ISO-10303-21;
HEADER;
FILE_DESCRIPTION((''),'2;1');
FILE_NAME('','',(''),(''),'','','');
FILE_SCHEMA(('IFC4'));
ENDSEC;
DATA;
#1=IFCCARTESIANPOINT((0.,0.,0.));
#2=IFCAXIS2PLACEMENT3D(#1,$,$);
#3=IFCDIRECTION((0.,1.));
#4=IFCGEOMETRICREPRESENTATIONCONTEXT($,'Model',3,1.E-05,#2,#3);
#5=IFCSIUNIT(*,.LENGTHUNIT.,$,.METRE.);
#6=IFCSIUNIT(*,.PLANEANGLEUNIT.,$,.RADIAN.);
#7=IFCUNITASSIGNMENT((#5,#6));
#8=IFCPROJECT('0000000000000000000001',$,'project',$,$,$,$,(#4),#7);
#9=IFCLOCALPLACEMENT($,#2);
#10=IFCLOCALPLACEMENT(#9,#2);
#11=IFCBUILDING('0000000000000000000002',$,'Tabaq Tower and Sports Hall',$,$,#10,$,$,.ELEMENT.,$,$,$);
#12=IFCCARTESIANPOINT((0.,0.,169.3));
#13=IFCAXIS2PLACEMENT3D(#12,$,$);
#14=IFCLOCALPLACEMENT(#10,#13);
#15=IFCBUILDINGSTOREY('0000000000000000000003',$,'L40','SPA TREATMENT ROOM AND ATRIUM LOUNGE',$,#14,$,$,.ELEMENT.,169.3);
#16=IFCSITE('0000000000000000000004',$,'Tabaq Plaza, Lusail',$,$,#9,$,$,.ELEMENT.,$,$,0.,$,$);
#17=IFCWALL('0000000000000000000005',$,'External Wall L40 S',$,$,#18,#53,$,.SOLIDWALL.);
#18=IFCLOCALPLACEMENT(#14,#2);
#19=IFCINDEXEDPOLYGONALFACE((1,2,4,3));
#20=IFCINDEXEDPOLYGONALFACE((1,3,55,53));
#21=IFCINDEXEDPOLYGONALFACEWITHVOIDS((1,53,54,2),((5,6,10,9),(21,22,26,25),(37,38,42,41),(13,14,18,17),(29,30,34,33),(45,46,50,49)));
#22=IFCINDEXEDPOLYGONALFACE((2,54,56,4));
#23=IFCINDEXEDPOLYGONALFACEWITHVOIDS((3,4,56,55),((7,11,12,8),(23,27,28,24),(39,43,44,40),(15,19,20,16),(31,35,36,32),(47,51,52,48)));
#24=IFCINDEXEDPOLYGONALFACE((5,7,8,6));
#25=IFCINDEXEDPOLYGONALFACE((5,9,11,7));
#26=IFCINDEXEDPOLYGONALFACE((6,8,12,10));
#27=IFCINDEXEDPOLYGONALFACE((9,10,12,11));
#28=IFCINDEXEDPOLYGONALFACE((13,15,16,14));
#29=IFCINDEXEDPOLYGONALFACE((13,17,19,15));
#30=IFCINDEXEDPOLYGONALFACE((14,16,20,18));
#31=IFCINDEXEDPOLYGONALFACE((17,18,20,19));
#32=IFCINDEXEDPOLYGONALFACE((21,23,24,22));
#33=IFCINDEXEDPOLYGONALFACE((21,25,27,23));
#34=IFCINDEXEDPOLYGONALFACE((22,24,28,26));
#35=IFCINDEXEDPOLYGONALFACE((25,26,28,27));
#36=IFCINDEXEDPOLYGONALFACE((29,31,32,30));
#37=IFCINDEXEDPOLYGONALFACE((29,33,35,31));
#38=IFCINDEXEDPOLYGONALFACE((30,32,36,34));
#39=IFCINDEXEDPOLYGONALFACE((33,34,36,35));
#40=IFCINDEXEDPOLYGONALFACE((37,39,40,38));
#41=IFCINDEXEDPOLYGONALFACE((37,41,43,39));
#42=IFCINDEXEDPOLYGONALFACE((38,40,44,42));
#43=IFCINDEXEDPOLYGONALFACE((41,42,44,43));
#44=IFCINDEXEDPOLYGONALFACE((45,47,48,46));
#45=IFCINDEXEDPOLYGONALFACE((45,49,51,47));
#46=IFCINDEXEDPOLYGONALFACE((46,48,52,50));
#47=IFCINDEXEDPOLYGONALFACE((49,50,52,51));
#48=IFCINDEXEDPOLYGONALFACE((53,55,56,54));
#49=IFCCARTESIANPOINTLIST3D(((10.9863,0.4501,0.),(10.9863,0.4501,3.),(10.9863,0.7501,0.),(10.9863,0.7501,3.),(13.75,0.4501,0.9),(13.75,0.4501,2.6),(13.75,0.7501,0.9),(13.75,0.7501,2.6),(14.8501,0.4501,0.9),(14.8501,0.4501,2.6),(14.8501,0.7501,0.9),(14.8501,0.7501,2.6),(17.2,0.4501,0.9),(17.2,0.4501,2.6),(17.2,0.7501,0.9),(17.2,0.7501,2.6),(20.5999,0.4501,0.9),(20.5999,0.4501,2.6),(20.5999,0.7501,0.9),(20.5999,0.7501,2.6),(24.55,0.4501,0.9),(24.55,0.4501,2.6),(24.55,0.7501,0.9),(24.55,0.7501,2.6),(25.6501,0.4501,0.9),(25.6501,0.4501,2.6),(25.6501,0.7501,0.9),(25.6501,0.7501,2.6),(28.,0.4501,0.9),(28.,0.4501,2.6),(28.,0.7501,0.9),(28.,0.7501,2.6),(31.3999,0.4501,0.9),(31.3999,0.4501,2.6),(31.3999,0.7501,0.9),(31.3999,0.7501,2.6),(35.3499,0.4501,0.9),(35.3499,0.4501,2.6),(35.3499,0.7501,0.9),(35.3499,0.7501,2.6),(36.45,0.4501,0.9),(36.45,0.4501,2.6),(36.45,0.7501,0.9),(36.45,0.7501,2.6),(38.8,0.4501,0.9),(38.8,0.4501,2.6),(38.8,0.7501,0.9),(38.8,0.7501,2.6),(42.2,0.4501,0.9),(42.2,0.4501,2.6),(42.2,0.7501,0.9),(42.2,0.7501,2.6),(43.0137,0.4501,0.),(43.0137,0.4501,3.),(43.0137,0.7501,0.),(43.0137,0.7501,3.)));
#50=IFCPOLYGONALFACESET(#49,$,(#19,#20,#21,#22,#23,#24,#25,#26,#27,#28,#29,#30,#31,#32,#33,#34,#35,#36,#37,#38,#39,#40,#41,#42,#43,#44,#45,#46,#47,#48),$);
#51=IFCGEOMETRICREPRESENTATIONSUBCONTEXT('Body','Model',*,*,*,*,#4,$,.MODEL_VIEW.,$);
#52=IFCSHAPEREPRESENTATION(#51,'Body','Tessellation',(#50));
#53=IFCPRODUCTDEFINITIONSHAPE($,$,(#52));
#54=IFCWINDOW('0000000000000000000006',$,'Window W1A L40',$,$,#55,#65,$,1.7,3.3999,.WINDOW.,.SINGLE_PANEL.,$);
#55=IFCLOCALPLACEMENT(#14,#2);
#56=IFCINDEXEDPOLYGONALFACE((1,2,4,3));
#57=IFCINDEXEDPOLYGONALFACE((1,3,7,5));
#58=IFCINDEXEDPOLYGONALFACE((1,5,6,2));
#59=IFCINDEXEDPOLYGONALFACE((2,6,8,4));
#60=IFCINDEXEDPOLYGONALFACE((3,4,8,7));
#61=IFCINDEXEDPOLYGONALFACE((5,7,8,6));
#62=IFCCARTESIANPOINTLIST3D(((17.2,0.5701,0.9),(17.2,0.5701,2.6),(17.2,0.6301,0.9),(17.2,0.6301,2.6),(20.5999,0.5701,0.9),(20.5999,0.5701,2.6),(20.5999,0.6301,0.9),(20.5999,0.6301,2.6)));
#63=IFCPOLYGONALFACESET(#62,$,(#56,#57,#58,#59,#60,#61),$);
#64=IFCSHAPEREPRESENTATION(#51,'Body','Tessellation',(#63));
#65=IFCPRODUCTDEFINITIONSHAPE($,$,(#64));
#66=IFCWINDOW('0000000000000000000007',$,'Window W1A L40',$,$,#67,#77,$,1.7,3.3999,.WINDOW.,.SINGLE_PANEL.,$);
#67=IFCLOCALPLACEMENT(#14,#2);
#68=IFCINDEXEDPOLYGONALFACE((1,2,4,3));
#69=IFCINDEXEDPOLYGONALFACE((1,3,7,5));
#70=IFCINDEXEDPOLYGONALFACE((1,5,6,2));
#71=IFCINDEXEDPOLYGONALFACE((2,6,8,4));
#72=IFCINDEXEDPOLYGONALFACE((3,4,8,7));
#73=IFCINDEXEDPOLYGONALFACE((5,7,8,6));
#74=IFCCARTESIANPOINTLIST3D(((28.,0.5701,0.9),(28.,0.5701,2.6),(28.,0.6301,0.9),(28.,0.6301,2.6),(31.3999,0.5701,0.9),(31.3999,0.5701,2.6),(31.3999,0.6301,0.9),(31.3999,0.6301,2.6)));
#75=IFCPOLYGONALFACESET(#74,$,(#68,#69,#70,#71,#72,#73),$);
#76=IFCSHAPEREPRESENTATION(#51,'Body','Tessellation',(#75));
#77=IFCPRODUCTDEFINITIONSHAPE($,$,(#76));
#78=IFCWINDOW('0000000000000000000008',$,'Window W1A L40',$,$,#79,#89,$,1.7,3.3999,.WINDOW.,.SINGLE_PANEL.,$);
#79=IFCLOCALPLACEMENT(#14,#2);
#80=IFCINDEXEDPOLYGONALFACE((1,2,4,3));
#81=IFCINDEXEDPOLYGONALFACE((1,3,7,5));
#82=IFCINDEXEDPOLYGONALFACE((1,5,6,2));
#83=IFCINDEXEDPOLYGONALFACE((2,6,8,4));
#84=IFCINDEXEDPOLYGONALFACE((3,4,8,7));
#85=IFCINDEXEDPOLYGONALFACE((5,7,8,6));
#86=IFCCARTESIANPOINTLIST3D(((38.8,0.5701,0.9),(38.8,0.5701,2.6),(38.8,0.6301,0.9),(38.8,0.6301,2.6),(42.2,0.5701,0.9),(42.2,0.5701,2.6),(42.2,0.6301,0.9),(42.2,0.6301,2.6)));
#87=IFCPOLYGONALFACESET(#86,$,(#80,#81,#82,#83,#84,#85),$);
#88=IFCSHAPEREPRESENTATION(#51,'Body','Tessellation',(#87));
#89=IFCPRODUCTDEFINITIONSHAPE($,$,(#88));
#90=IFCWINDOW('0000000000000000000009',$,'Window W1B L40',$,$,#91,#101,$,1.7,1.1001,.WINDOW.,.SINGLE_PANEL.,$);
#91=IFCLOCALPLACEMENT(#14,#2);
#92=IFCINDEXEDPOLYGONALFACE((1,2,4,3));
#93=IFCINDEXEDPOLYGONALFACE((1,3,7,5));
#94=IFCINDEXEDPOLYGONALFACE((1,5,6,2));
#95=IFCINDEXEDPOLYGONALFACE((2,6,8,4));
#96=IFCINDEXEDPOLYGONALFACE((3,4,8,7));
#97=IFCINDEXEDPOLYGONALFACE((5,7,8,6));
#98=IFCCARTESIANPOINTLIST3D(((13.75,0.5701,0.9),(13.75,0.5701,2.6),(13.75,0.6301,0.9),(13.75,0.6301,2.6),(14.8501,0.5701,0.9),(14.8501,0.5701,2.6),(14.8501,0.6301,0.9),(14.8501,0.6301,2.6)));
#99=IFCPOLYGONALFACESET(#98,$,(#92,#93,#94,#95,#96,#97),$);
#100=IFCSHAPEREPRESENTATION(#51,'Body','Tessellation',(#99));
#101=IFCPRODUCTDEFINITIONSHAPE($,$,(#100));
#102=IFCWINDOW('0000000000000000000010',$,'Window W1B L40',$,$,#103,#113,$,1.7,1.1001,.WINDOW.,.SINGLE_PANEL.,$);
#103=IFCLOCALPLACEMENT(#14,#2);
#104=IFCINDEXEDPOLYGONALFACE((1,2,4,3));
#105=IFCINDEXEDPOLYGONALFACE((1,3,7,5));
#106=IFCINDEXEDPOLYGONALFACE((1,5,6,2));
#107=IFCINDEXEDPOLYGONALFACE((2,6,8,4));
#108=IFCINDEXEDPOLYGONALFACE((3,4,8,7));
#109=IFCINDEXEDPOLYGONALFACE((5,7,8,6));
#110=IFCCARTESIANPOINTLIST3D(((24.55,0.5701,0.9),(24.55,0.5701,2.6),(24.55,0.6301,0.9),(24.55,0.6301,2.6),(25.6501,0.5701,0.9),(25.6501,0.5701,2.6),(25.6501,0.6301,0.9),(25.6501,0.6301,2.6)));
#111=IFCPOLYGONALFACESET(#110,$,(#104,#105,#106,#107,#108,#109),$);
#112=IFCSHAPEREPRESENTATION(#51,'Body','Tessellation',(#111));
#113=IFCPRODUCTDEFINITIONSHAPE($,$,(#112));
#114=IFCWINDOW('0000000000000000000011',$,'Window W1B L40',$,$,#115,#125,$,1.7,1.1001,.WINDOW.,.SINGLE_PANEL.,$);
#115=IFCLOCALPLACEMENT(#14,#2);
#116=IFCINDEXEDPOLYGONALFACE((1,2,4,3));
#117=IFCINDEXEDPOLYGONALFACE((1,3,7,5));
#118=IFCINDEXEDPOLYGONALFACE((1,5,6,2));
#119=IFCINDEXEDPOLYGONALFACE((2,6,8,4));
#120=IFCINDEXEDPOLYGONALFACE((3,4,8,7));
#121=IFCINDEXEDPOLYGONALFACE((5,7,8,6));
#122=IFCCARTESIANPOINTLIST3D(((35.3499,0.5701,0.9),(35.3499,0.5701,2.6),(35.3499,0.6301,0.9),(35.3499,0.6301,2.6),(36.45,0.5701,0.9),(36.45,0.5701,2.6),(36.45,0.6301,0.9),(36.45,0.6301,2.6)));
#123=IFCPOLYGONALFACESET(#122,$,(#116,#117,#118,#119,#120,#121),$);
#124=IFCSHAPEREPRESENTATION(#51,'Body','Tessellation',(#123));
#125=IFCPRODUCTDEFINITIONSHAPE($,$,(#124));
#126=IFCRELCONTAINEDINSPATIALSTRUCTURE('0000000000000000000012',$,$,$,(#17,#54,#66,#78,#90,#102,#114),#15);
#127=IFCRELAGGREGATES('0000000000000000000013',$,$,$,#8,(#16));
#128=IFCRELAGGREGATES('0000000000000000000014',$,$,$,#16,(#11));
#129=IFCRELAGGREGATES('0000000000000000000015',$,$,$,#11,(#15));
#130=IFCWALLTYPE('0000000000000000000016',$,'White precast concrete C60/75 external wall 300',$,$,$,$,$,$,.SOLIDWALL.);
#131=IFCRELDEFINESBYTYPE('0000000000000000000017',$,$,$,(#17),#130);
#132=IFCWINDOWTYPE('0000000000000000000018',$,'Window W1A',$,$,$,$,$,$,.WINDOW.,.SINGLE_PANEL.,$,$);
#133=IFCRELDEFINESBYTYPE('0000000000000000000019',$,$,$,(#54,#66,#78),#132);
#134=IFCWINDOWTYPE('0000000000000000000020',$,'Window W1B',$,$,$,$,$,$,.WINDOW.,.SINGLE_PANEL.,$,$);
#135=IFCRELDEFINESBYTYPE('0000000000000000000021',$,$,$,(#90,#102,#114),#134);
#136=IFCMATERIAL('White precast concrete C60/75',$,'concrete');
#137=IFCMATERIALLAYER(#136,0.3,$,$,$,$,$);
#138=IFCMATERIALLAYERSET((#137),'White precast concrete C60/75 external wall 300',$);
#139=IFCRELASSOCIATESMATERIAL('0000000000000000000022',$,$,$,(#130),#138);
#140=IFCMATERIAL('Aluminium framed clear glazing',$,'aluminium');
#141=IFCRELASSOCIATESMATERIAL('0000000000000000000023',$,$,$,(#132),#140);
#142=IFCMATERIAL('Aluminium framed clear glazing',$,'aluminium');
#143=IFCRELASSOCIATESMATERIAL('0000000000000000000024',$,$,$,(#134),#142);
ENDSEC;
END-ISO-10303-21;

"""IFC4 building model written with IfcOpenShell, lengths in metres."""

from ifc_helpers import new_model, si_unit, direction, frame, frame_2d, origin, place, context, subcontext, project, spatial, rectangle, extrude, material, layer, layer_set, type_object, element, fill, save


model = new_model("IFC4")

# Units and contexts
model_context = context("Model", 3, precision=1e-05, world=origin(), true_north=direction((0.0, 1.0)))
body_context = subcontext(model_context, "Body", "Model", "MODEL_VIEW")
ifc_project = project(units=[si_unit("LENGTHUNIT", "METRE"), si_unit("PLANEANGLEUNIT", "RADIAN")], contexts=[model_context])

# Site, building, storey
site_placement = place(None, origin())
site = spatial("IfcSite", under=ifc_project, at=site_placement, Name="Tabaq Plaza, Lusail", CompositionType="ELEMENT", RefElevation=0.0)
building_placement = place(site_placement, origin())
building = spatial("IfcBuilding", under=site, at=building_placement, Name="Tabaq Tower and Sports Hall", CompositionType="ELEMENT")
storey_placement = place(building_placement, frame((0.0, 0.0, 169.3)))
storey = spatial("IfcBuildingStorey", under=building, at=storey_placement, Name="L40", Description="SPA TREATMENT ROOM AND ATRIUM LOUNGE", CompositionType="ELEMENT", Elevation=169.3)

# Wall, openings, windows
ifc_material_1 = material(Name="White precast concrete C60/75", Category="concrete")
ifc_layer_1 = layer(ifc_material_1, 0.3)
ifc_layer_set_1 = layer_set([ifc_layer_1], Name="White precast concrete C60/75 external wall 300")
wall_type_1 = type_object("IfcWallType", Name="White precast concrete C60/75 external wall 300", PredefinedType="SOLIDWALL", material=ifc_layer_set_1)
wall_1_placement = place(storey_placement, frame((10.9863, 0.6001, 0.0), z_axis=(0.0, 0.0, 1.0), x_axis=(1.0, 0.0, 0.0)))
wall_1 = element("IfcWall", 1, at=wall_1_placement, inside=storey, type_object=wall_type_1, Name="External Wall L40 S", PredefinedType="SOLIDWALL", context=body_context, shape_type="SweptSolid", body=[
    extrude(rectangle(XDim=32.0273, YDim=0.3, at=frame_2d((16.0137, 0.0))), origin(), (0.0, 0.0, 1.0), 3.0),
])
opening_1_placement = place(wall_1_placement, frame((2.7637, 0.0, 0.8999)))
opening_1 = element("IfcOpeningElement", 2, at=opening_1_placement, cuts=wall_1, PredefinedType="OPENING", context=body_context, shape_type="SweptSolid", body=[
    extrude(rectangle(XDim=1.1001, YDim=1.7, at=frame_2d((0.55, 0.8501))), frame((0.0, 0.1602, 0.0), z_axis=(0.0, -1.0, 0.0), x_axis=(1.0, 0.0, 0.0)), (0.0, 0.0, 1.0), 0.3201),
])
opening_2_placement = place(wall_1_placement, frame((6.2136, 0.0, 0.8999)))
opening_2 = element("IfcOpeningElement", 3, at=opening_2_placement, cuts=wall_1, PredefinedType="OPENING", context=body_context, shape_type="SweptSolid", body=[
    extrude(rectangle(XDim=3.3999, YDim=1.7, at=frame_2d((1.7, 0.8501))), frame((0.0, 0.1602, 0.0), z_axis=(0.0, -1.0, 0.0), x_axis=(1.0, 0.0, 0.0)), (0.0, 0.0, 1.0), 0.3201),
])
opening_3_placement = place(wall_1_placement, frame((13.5637, 0.0, 0.8999)))
opening_3 = element("IfcOpeningElement", 4, at=opening_3_placement, cuts=wall_1, PredefinedType="OPENING", context=body_context, shape_type="SweptSolid", body=[
    extrude(rectangle(XDim=1.1001, YDim=1.7, at=frame_2d((0.55, 0.8501))), frame((0.0, 0.1602, 0.0), z_axis=(0.0, -1.0, 0.0), x_axis=(1.0, 0.0, 0.0)), (0.0, 0.0, 1.0), 0.3201),
])
opening_4_placement = place(wall_1_placement, frame((17.0137, 0.0, 0.8999)))
opening_4 = element("IfcOpeningElement", 5, at=opening_4_placement, cuts=wall_1, PredefinedType="OPENING", context=body_context, shape_type="SweptSolid", body=[
    extrude(rectangle(XDim=3.3999, YDim=1.7, at=frame_2d((1.7, 0.8501))), frame((0.0, 0.1602, 0.0), z_axis=(0.0, -1.0, 0.0), x_axis=(1.0, 0.0, 0.0)), (0.0, 0.0, 1.0), 0.3201),
])
opening_5_placement = place(wall_1_placement, frame((24.3635, 0.0, 0.8999)))
opening_5 = element("IfcOpeningElement", 6, at=opening_5_placement, cuts=wall_1, PredefinedType="OPENING", context=body_context, shape_type="SweptSolid", body=[
    extrude(rectangle(XDim=1.1001, YDim=1.7, at=frame_2d((0.55, 0.8501))), frame((0.0, 0.1602, 0.0), z_axis=(0.0, -1.0, 0.0), x_axis=(1.0, 0.0, 0.0)), (0.0, 0.0, 1.0), 0.3201),
])
opening_6_placement = place(wall_1_placement, frame((27.8137, 0.0, 0.8999)))
opening_6 = element("IfcOpeningElement", 7, at=opening_6_placement, cuts=wall_1, PredefinedType="OPENING", context=body_context, shape_type="SweptSolid", body=[
    extrude(rectangle(XDim=3.3999, YDim=1.7, at=frame_2d((1.7, 0.8501))), frame((0.0, 0.1602, 0.0), z_axis=(0.0, -1.0, 0.0), x_axis=(1.0, 0.0, 0.0)), (0.0, 0.0, 1.0), 0.3201),
])
ifc_material_2 = material(Name="Aluminium framed clear glazing", Category="aluminium")
window_type_1 = type_object("IfcWindowType", Name="Window W1A", PartitioningType="SINGLE_PANEL", PredefinedType="WINDOW", material=ifc_material_2)
window_1_placement = place(opening_2_placement, origin())
window_1 = element("IfcWindow", 8, at=window_1_placement, inside=storey, type_object=window_type_1, Name="Window W1A L40", OverallHeight=1.7, OverallWidth=3.3999, PartitioningType="SINGLE_PANEL", PredefinedType="WINDOW", context=body_context, shape_type="SweptSolid", body=[
    extrude(rectangle(XDim=3.3999, YDim=1.7, at=frame_2d((1.7, 0.8501))), frame((0.0, 0.03, 0.0), z_axis=(0.0, -1.0, 0.0), x_axis=(1.0, 0.0, 0.0)), (0.0, 0.0, 1.0), 0.0601),
])
fill(opening_2, window_1)
window_2_placement = place(opening_4_placement, origin())
window_2 = element("IfcWindow", 9, at=window_2_placement, inside=storey, type_object=window_type_1, Name="Window W1A L40", OverallHeight=1.7, OverallWidth=3.3999, PartitioningType="SINGLE_PANEL", PredefinedType="WINDOW", context=body_context, shape_type="SweptSolid", body=[
    extrude(rectangle(XDim=3.3999, YDim=1.7, at=frame_2d((1.7, 0.8501))), frame((0.0, 0.03, 0.0), z_axis=(0.0, -1.0, 0.0), x_axis=(1.0, 0.0, 0.0)), (0.0, 0.0, 1.0), 0.0601),
])
fill(opening_4, window_2)
window_3_placement = place(opening_6_placement, origin())
window_3 = element("IfcWindow", 10, at=window_3_placement, inside=storey, type_object=window_type_1, Name="Window W1A L40", OverallHeight=1.7, OverallWidth=3.3999, PartitioningType="SINGLE_PANEL", PredefinedType="WINDOW", context=body_context, shape_type="SweptSolid", body=[
    extrude(rectangle(XDim=3.3999, YDim=1.7, at=frame_2d((1.7, 0.8501))), frame((0.0, 0.03, 0.0), z_axis=(0.0, -1.0, 0.0), x_axis=(1.0, 0.0, 0.0)), (0.0, 0.0, 1.0), 0.0601),
])
fill(opening_6, window_3)
ifc_material_3 = material(Name="Aluminium framed clear glazing", Category="aluminium")
window_type_2 = type_object("IfcWindowType", Name="Window W1B", PartitioningType="SINGLE_PANEL", PredefinedType="WINDOW", material=ifc_material_3)
window_4_placement = place(opening_1_placement, origin())
window_4 = element("IfcWindow", 11, at=window_4_placement, inside=storey, type_object=window_type_2, Name="Window W1B L40", OverallHeight=1.7, OverallWidth=1.1001, PartitioningType="SINGLE_PANEL", PredefinedType="WINDOW", context=body_context, shape_type="SweptSolid", body=[
    extrude(rectangle(XDim=1.1001, YDim=1.7, at=frame_2d((0.55, 0.8501))), frame((0.0, 0.03, 0.0), z_axis=(0.0, -1.0, 0.0), x_axis=(1.0, 0.0, 0.0)), (0.0, 0.0, 1.0), 0.0601),
])
fill(opening_1, window_4)
window_5_placement = place(opening_3_placement, origin())
window_5 = element("IfcWindow", 12, at=window_5_placement, inside=storey, type_object=window_type_2, Name="Window W1B L40", OverallHeight=1.7, OverallWidth=1.1001, PartitioningType="SINGLE_PANEL", PredefinedType="WINDOW", context=body_context, shape_type="SweptSolid", body=[
    extrude(rectangle(XDim=1.1001, YDim=1.7, at=frame_2d((0.55, 0.8501))), frame((0.0, 0.03, 0.0), z_axis=(0.0, -1.0, 0.0), x_axis=(1.0, 0.0, 0.0)), (0.0, 0.0, 1.0), 0.0601),
])
fill(opening_3, window_5)
window_6_placement = place(opening_5_placement, origin())
window_6 = element("IfcWindow", 13, at=window_6_placement, inside=storey, type_object=window_type_2, Name="Window W1B L40", OverallHeight=1.7, OverallWidth=1.1001, PartitioningType="SINGLE_PANEL", PredefinedType="WINDOW", context=body_context, shape_type="SweptSolid", body=[
    extrude(rectangle(XDim=1.1001, YDim=1.7, at=frame_2d((0.55, 0.8501))), frame((0.0, 0.03, 0.0), z_axis=(0.0, -1.0, 0.0), x_axis=(1.0, 0.0, 0.0)), (0.0, 0.0, 1.0), 0.0601),
])
fill(opening_5, window_6)

save(model, "model.ifc")
